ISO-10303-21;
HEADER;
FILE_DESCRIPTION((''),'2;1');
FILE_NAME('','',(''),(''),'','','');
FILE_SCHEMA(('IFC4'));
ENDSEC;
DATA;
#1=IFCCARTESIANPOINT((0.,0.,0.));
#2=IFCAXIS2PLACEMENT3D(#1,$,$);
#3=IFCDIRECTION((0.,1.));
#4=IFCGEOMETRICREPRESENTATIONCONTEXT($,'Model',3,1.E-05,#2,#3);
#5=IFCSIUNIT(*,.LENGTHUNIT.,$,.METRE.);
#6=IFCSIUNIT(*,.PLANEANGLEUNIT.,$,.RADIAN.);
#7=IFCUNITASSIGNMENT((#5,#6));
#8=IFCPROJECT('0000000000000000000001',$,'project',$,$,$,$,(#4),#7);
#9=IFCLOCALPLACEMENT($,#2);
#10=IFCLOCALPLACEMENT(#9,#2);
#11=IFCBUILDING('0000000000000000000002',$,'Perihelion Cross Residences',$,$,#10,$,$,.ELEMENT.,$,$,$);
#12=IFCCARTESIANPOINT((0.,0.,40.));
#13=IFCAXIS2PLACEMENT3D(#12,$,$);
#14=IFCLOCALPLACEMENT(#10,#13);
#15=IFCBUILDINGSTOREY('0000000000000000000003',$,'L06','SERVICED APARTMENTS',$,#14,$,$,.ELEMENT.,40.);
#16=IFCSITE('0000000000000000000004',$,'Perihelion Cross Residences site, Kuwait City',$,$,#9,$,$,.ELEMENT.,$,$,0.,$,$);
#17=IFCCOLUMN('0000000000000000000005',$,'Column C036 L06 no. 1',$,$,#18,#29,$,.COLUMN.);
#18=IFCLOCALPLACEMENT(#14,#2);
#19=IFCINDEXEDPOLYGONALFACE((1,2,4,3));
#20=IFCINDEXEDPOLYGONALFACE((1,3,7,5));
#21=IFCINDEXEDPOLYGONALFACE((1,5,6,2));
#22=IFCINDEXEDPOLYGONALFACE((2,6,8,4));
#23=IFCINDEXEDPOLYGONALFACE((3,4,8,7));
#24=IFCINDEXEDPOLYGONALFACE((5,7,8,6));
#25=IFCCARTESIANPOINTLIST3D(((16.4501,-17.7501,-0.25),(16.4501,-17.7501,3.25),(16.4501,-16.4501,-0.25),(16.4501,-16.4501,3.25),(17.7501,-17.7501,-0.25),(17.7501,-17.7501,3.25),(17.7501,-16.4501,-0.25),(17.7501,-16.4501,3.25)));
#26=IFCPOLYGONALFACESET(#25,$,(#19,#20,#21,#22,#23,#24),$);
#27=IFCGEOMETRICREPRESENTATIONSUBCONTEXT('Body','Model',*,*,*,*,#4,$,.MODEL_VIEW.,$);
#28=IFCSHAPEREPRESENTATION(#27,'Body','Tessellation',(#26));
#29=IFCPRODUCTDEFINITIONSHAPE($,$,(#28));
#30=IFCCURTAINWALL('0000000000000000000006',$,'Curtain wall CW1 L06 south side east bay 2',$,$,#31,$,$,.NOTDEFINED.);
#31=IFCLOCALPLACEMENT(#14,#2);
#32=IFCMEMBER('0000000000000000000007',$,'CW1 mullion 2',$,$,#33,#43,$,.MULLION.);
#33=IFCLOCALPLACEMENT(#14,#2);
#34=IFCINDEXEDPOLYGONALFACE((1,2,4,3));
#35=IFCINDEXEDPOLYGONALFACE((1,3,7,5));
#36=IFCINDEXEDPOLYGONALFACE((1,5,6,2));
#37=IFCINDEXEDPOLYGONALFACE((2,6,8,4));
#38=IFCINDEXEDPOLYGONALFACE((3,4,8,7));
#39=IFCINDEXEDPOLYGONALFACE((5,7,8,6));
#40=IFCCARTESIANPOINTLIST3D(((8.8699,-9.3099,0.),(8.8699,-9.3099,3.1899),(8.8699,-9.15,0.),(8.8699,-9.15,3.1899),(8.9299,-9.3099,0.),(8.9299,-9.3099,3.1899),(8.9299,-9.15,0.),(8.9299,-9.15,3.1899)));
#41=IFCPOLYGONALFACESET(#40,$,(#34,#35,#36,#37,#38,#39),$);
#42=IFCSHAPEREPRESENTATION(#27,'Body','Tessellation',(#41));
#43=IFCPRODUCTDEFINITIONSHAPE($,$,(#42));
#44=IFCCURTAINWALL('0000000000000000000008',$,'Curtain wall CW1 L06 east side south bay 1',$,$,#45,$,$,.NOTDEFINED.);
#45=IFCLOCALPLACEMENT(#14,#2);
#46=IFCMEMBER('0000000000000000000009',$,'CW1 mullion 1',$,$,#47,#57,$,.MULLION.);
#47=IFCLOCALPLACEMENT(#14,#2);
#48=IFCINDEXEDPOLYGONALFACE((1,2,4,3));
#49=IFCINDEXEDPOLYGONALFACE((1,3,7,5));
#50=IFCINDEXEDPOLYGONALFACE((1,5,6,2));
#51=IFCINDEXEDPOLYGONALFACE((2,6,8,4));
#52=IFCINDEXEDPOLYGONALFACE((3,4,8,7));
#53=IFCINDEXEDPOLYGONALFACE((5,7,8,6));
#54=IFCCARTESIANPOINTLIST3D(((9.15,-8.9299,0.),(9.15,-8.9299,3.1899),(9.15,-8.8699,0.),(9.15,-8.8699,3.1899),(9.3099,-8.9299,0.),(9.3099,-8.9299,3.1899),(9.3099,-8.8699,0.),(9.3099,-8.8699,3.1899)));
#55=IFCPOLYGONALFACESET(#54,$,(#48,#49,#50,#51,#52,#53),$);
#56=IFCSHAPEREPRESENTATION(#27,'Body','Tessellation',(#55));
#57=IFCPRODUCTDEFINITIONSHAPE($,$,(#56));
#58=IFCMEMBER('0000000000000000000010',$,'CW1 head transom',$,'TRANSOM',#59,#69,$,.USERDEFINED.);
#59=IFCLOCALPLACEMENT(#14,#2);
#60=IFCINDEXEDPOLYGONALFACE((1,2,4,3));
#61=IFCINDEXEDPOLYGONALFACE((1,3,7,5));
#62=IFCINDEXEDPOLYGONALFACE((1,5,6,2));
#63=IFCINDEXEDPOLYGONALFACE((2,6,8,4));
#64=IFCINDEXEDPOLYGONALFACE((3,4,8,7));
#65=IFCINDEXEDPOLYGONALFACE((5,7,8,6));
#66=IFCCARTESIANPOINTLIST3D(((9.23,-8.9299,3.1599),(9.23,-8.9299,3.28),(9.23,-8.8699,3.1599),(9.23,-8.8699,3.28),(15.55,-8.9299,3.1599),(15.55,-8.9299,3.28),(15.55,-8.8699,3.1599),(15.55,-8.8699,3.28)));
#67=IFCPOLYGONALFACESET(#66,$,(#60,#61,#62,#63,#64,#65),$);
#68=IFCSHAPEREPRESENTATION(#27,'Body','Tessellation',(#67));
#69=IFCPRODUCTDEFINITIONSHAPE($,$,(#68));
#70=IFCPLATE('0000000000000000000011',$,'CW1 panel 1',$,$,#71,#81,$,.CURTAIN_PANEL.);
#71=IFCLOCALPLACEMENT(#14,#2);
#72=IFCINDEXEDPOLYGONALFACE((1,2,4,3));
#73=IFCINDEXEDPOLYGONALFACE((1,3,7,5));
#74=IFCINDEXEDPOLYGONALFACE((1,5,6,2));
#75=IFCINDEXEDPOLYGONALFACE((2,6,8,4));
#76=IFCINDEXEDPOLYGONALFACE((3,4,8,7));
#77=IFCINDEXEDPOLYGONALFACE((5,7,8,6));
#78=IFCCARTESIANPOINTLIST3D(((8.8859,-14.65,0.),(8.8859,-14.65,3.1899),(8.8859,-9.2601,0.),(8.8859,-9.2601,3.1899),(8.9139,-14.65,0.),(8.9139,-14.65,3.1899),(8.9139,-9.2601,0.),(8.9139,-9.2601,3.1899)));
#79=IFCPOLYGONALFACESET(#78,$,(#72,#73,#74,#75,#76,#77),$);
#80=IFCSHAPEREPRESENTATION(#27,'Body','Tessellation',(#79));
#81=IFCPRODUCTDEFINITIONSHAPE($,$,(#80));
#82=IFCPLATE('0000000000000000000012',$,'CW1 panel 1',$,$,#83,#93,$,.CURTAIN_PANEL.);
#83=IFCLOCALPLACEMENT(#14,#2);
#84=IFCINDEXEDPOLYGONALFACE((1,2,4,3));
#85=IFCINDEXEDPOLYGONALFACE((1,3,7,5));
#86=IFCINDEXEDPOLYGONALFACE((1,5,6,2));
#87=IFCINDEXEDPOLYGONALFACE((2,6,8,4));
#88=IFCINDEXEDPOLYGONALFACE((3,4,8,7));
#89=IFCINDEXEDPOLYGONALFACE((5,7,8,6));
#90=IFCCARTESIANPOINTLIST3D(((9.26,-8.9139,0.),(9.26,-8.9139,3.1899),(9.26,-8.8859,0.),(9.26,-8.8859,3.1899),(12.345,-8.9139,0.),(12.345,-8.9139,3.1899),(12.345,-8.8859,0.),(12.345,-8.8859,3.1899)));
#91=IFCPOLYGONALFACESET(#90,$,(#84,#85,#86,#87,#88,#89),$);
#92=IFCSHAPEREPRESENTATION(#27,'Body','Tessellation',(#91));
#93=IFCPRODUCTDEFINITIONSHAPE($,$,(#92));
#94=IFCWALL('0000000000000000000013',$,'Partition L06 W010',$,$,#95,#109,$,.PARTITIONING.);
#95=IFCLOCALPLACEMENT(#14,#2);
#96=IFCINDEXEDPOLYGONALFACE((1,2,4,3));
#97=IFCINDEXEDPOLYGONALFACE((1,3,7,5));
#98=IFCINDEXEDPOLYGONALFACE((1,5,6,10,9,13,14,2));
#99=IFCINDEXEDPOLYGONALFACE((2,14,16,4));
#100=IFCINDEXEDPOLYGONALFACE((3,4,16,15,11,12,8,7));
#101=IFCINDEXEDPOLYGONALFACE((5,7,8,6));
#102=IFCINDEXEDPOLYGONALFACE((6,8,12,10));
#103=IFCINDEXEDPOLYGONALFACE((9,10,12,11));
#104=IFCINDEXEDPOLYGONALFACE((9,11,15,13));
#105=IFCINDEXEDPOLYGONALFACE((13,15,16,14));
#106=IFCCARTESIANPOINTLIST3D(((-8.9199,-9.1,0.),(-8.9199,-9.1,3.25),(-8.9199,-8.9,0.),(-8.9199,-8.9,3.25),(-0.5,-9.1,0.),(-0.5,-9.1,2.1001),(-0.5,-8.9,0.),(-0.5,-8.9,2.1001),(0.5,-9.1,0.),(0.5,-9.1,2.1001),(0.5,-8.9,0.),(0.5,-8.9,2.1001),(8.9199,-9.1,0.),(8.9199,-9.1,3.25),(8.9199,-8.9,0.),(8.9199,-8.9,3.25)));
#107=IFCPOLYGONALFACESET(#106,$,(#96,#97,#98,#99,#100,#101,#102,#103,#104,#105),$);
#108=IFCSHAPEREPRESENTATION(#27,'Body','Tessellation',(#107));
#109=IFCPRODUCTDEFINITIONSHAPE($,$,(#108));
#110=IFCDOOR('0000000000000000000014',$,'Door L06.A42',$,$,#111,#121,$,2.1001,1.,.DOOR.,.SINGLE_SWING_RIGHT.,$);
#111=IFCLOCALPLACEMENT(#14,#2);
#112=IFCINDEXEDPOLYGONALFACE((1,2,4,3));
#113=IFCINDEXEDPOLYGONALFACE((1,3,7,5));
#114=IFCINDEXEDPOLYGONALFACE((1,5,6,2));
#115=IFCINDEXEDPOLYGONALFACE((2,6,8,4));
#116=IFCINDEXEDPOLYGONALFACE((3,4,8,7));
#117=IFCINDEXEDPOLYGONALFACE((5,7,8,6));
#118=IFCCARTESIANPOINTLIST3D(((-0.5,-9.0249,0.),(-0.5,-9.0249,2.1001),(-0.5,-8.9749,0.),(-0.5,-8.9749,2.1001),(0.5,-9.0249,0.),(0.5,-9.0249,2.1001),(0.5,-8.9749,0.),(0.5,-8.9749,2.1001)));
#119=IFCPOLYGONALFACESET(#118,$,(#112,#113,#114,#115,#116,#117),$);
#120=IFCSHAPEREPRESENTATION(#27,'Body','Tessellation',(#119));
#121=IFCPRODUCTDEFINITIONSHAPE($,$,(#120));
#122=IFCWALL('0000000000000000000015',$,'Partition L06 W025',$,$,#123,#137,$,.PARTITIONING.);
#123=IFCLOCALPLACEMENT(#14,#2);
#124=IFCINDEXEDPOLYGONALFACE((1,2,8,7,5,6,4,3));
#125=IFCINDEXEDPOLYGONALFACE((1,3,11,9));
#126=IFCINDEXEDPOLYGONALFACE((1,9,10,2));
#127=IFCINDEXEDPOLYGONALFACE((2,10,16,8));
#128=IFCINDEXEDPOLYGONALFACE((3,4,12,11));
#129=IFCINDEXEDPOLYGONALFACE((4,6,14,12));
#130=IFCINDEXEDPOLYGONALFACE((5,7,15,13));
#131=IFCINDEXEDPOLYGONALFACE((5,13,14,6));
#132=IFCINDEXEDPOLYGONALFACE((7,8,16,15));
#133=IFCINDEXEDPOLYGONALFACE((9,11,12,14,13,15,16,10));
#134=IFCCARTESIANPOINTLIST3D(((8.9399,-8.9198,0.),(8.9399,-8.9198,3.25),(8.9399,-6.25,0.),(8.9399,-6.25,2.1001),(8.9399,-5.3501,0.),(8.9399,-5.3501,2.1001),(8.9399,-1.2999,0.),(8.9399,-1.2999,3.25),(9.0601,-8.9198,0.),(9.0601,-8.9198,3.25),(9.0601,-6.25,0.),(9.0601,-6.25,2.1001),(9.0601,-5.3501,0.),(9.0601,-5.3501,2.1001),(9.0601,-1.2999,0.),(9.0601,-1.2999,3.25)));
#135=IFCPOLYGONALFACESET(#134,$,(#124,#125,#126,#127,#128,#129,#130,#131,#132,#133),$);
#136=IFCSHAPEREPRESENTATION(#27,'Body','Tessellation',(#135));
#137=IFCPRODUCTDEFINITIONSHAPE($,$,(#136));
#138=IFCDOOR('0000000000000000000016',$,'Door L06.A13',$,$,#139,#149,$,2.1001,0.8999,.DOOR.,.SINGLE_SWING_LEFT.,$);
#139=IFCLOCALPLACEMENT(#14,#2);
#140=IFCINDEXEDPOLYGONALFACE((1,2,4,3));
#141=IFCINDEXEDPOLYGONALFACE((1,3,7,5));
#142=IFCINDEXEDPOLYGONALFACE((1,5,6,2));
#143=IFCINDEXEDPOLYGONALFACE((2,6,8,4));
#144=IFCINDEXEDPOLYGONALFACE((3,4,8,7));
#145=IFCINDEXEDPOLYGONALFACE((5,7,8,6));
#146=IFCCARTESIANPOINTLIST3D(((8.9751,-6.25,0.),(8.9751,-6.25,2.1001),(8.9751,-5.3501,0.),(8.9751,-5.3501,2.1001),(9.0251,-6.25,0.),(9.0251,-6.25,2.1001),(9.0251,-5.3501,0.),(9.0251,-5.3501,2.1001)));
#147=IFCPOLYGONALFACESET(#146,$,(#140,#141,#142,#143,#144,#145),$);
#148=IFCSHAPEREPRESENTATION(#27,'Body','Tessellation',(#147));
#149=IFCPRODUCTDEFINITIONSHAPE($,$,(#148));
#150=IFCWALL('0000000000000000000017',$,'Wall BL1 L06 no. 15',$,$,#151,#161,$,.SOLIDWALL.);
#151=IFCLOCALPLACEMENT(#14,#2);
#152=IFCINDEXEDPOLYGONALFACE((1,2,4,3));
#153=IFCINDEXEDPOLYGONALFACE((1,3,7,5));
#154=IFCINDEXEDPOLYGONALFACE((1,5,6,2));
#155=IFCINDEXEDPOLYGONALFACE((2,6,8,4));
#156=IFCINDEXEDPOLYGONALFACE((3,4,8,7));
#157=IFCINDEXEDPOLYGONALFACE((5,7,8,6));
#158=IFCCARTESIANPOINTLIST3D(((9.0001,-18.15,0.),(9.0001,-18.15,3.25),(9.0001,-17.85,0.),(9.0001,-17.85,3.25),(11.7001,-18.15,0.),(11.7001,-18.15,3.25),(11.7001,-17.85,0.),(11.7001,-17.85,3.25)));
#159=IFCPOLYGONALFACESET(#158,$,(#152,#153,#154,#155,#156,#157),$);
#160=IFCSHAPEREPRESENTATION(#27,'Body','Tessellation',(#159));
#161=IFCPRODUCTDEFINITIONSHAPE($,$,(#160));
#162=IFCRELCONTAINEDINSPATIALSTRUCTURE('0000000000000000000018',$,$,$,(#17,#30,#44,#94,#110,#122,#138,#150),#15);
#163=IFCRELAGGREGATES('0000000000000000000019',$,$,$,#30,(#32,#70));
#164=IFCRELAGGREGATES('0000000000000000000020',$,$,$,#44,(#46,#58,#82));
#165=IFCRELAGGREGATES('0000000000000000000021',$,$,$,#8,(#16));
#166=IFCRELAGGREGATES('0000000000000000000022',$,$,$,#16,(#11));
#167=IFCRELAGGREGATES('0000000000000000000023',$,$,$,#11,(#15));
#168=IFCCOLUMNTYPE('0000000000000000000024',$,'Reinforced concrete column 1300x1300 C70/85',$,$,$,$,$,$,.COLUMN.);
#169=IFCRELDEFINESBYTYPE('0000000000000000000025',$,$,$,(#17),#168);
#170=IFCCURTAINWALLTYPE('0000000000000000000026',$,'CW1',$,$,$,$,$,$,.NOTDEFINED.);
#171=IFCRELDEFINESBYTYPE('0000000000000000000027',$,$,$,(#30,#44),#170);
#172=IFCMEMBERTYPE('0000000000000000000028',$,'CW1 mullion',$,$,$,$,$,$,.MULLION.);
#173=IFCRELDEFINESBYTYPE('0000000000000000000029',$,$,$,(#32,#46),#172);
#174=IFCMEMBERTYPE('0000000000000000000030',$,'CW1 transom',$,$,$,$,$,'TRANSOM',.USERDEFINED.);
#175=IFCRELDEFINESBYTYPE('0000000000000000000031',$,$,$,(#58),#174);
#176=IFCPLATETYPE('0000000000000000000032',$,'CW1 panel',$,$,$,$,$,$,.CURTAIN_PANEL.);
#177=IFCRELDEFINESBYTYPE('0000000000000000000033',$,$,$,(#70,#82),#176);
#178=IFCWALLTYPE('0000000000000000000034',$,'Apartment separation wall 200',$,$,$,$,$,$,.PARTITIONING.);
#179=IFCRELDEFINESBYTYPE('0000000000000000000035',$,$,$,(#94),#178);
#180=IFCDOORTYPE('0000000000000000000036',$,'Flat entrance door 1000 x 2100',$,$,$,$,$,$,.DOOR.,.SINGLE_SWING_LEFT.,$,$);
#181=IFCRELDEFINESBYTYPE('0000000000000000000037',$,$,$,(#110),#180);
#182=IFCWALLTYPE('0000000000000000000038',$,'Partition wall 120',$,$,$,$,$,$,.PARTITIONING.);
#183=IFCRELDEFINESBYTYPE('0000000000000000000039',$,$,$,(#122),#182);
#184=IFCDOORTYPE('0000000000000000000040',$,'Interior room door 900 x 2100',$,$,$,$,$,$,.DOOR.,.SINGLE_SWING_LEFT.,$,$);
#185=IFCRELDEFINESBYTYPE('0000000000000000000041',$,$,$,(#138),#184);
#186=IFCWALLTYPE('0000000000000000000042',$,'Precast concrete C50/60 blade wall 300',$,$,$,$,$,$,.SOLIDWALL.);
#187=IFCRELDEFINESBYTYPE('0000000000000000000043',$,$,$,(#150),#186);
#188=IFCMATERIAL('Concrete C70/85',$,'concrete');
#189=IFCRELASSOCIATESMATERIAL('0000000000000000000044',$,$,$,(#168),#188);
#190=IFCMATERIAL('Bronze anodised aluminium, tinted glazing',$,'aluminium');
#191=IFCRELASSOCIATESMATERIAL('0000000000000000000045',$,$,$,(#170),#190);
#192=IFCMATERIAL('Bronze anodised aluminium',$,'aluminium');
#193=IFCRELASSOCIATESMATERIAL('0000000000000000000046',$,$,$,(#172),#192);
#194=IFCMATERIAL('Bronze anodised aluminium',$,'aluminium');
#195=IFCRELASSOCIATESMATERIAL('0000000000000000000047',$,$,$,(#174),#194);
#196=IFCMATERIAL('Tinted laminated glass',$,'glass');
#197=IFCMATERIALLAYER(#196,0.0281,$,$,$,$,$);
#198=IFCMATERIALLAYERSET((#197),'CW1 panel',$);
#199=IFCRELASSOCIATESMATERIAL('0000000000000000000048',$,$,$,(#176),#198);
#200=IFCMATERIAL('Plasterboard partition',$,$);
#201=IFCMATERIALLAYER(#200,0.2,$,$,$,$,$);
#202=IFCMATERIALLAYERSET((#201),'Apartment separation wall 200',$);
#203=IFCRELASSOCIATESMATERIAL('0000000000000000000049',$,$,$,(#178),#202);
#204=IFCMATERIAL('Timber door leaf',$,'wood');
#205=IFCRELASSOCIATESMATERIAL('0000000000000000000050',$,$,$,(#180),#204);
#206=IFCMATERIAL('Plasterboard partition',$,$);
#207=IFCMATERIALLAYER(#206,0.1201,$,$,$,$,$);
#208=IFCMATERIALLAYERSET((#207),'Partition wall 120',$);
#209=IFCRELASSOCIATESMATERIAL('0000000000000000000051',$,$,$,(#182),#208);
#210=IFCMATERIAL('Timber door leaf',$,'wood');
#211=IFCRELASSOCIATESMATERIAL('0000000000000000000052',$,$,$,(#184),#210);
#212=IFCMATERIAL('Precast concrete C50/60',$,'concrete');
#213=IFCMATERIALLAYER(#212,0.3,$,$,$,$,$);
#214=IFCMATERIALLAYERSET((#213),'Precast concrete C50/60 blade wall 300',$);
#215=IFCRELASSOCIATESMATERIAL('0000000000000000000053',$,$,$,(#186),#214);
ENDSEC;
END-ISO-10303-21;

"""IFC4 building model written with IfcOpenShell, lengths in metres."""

from ifc_helpers import new_model, si_unit, direction, frame, frame_2d, origin, origin_2d, place, context, subcontext, project, spatial, rectangle, extrude, material, layer, layer_set, material_profile, profile_set, type_object, element, fill, aggregate, save


model = new_model("IFC4")

# Units and contexts
model_context = context("Model", 3, precision=1e-05, world=origin(), true_north=direction((0.0, 1.0)))
body_context = subcontext(model_context, "Body", "Model", "MODEL_VIEW")
ifc_project = project(units=[si_unit("LENGTHUNIT", "METRE"), si_unit("PLANEANGLEUNIT", "RADIAN")], contexts=[model_context])

# Site, building, storey
site_placement = place(None, origin())
site = spatial("IfcSite", under=ifc_project, at=site_placement, Name="Perihelion Cross Residences site, Kuwait City", CompositionType="ELEMENT", RefElevation=0.0)
building_placement = place(site_placement, origin())
building = spatial("IfcBuilding", under=site, at=building_placement, Name="Perihelion Cross Residences", CompositionType="ELEMENT")
storey_placement = place(building_placement, frame((0.0, 0.0, 40.0)))
storey = spatial("IfcBuildingStorey", under=building, at=storey_placement, Name="L06", Description="SERVICED APARTMENTS", CompositionType="ELEMENT", Elevation=40.0)

# Column
ifc_material_1 = material(Name="Concrete C70/85", Category="concrete")
ifc_material_profile_1 = material_profile(ifc_material_1, rectangle(XDim=1.3, YDim=1.3, at=origin_2d()), Name="RC 1300x1300")
ifc_profile_set_1 = profile_set([ifc_material_profile_1], Name="Concrete C70/85")
column_type = type_object("IfcColumnType", Name="Reinforced concrete column 1300x1300 C70/85", PredefinedType="COLUMN", material=ifc_profile_set_1)
column_placement = place(storey_placement, frame((17.1001, -17.1001, -0.25), z_axis=(0.0, 0.0, 1.0), x_axis=(1.0, 0.0, 0.0)))
element("IfcColumn", 1, at=column_placement, inside=storey, type_object=column_type, Name="Column C036 L06 no. 1", PredefinedType="COLUMN", context=body_context, shape_type="SweptSolid", body=[
    extrude(rectangle(XDim=1.3, YDim=1.3, at=origin_2d()), origin(), (0.0, 0.0, 1.0), 3.5),
])

# Curtain wall, member
ifc_material_2 = material(Name="Bronze anodised aluminium, tinted glazing", Category="aluminium")
curtain_wall_type = type_object("IfcCurtainWallType", Name="CW1", PredefinedType="NOTDEFINED", material=ifc_material_2)
curtain_wall_1_placement = place(storey_placement, origin())
curtain_wall_1 = element("IfcCurtainWall", 2, at=curtain_wall_1_placement, inside=storey, type_object=curtain_wall_type, Name="Curtain wall CW1 L06 south side east bay 2", PredefinedType="NOTDEFINED")
ifc_material_3 = material(Name="Bronze anodised aluminium", Category="aluminium")
ifc_material_profile_2 = material_profile(ifc_material_3, rectangle(XDim=0.0601, YDim=0.1599, at=origin_2d()), Name="CW1 mullion")
ifc_profile_set_2 = profile_set([ifc_material_profile_2], Name="Bronze anodised aluminium")
member_type_1 = type_object("IfcMemberType", Name="CW1 mullion", PredefinedType="MULLION", material=ifc_profile_set_2)
member_1_placement = place(storey_placement, frame((8.8999, -9.23, 0.0), z_axis=(0.0, 0.0, 1.0), x_axis=(-1.0, 0.0, 0.0)))
member_1 = element("IfcMember", 3, at=member_1_placement, type_object=member_type_1, Name="CW1 mullion 2", PredefinedType="MULLION", context=body_context, shape_type="SweptSolid", body=[
    extrude(rectangle(XDim=0.0601, YDim=0.1599, at=origin_2d()), origin(), (0.0, 0.0, 1.0), 3.1899),
])

# Curtain wall, members
curtain_wall_2_placement = place(storey_placement, origin())
curtain_wall_2 = element("IfcCurtainWall", 4, at=curtain_wall_2_placement, inside=storey, type_object=curtain_wall_type, Name="Curtain wall CW1 L06 east side south bay 1", PredefinedType="NOTDEFINED")
member_2_placement = place(storey_placement, frame((9.23, -8.8999, 0.0), z_axis=(0.0, 0.0, 1.0), x_axis=(0.0, 1.0, 0.0)))
member_2 = element("IfcMember", 5, at=member_2_placement, type_object=member_type_1, Name="CW1 mullion 1", PredefinedType="MULLION", context=body_context, shape_type="SweptSolid", body=[
    extrude(rectangle(XDim=0.0601, YDim=0.1599, at=origin_2d()), origin(), (0.0, 0.0, 1.0), 3.1899),
])
ifc_material_4 = material(Name="Bronze anodised aluminium", Category="aluminium")
ifc_material_profile_3 = material_profile(ifc_material_4, rectangle(XDim=0.0601, YDim=0.1201, at=origin_2d()), Name="CW1 transom")
ifc_profile_set_3 = profile_set([ifc_material_profile_3], Name="Bronze anodised aluminium")
member_type_2 = type_object("IfcMemberType", Name="CW1 transom", ElementType="TRANSOM", PredefinedType="USERDEFINED", material=ifc_profile_set_3)
member_3_placement = place(storey_placement, frame((9.23, -8.8999, 3.22), z_axis=(1.0, 0.0, 0.0), x_axis=(0.0, 1.0, 0.0)))
member_3 = element("IfcMember", 6, at=member_3_placement, type_object=member_type_2, Name="CW1 head transom", ObjectType="TRANSOM", PredefinedType="USERDEFINED", context=body_context, shape_type="SweptSolid", body=[
    extrude(rectangle(XDim=0.0601, YDim=0.1201, at=origin_2d()), origin(), (0.0, 0.0, 1.0), 6.3201),
])

# Plates
ifc_material_5 = material(Name="Tinted laminated glass", Category="glass")
ifc_layer_1 = layer(ifc_material_5, 0.0281)
ifc_layer_set_1 = layer_set([ifc_layer_1], Name="CW1 panel")
plate_type = type_object("IfcPlateType", Name="CW1 panel", PredefinedType="CURTAIN_PANEL", material=ifc_layer_set_1)
plate_1_placement = place(storey_placement, frame((8.8999, -11.9551, 0.0), z_axis=(0.0, 0.0, 1.0), x_axis=(0.0, 1.0, 0.0)))
plate_1 = element("IfcPlate", 7, at=plate_1_placement, type_object=plate_type, Name="CW1 panel 1", PredefinedType="CURTAIN_PANEL", context=body_context, shape_type="SweptSolid", body=[
    extrude(rectangle(XDim=5.3899, YDim=0.0281, at=origin_2d()), origin(), (0.0, 0.0, 1.0), 3.1899),
])
aggregate(curtain_wall_1, [member_1, plate_1])
plate_2_placement = place(storey_placement, frame((10.8025, -8.8999, 0.0), z_axis=(0.0, 0.0, 1.0), x_axis=(1.0, 0.0, 0.0)))
plate_2 = element("IfcPlate", 8, at=plate_2_placement, type_object=plate_type, Name="CW1 panel 1", PredefinedType="CURTAIN_PANEL", context=body_context, shape_type="SweptSolid", body=[
    extrude(rectangle(XDim=3.085, YDim=0.0281, at=origin_2d()), origin(), (0.0, 0.0, 1.0), 3.1899),
])
aggregate(curtain_wall_2, [member_2, member_3, plate_2])

# Walls, openings, doors
ifc_material_6 = material(Name="Plasterboard partition")
ifc_layer_2 = layer(ifc_material_6, 0.2)
ifc_layer_set_2 = layer_set([ifc_layer_2], Name="Apartment separation wall 200")
wall_type_1 = type_object("IfcWallType", Name="Apartment separation wall 200", PredefinedType="PARTITIONING", material=ifc_layer_set_2)
wall_1_placement = place(storey_placement, frame((8.9199, -9.0, 0.0), z_axis=(0.0, 0.0, 1.0), x_axis=(-1.0, 0.0, 0.0)))
wall_1 = element("IfcWall", 9, at=wall_1_placement, inside=storey, type_object=wall_type_1, Name="Partition L06 W010", PredefinedType="PARTITIONING", context=body_context, shape_type="SweptSolid", body=[
    extrude(rectangle(XDim=17.8398, YDim=0.2, at=frame_2d((8.9199, 0.0))), origin(), (0.0, 0.0, 1.0), 3.25),
])
opening_1_placement = place(wall_1_placement, frame((8.4199, 0.0, 0.0)))
opening_1 = element("IfcOpeningElement", 10, at=opening_1_placement, cuts=wall_1, PredefinedType="OPENING", context=body_context, shape_type="SweptSolid", body=[
    extrude(rectangle(XDim=1.0, YDim=2.1001, at=frame_2d((0.5, 1.05))), frame((0.0, 0.1099, 0.0), z_axis=(0.0, -1.0, 0.0), x_axis=(1.0, 0.0, 0.0)), (0.0, 0.0, 1.0), 0.22),
])
ifc_material_7 = material(Name="Timber door leaf", Category="wood")
door_type_1 = type_object("IfcDoorType", Name="Flat entrance door 1000 x 2100", OperationType="SINGLE_SWING_LEFT", PredefinedType="DOOR", material=ifc_material_7)
door_1_placement = place(opening_1_placement, origin())
door_1 = element("IfcDoor", 11, at=door_1_placement, inside=storey, type_object=door_type_1, Name="Door L06.A42", OperationType="SINGLE_SWING_RIGHT", OverallHeight=2.1001, OverallWidth=1.0, PredefinedType="DOOR", context=body_context, shape_type="SweptSolid", body=[
    extrude(rectangle(XDim=1.0, YDim=2.1001, at=frame_2d((0.5, 1.05))), frame((0.0, 0.0249, 0.0), z_axis=(0.0, -1.0, 0.0), x_axis=(1.0, 0.0, 0.0)), (0.0, 0.0, 1.0), 0.05),
])
fill(opening_1, door_1)
ifc_material_8 = material(Name="Plasterboard partition")
ifc_layer_3 = layer(ifc_material_8, 0.1201)
ifc_layer_set_3 = layer_set([ifc_layer_3], Name="Partition wall 120")
wall_type_2 = type_object("IfcWallType", Name="Partition wall 120", PredefinedType="PARTITIONING", material=ifc_layer_set_3)
wall_2_placement = place(storey_placement, frame((9.0, -8.9199, 0.0), z_axis=(0.0, 0.0, 1.0), x_axis=(0.0, 1.0, 0.0)))
wall_2 = element("IfcWall", 12, at=wall_2_placement, inside=storey, type_object=wall_type_2, Name="Partition L06 W025", PredefinedType="PARTITIONING", context=body_context, shape_type="SweptSolid", body=[
    extrude(rectangle(XDim=7.6199, YDim=0.1201, at=frame_2d((3.8101, 0.0))), origin(), (0.0, 0.0, 1.0), 3.25),
])
opening_2_placement = place(wall_2_placement, frame((2.6699, 0.0, 0.0)))
opening_2 = element("IfcOpeningElement", 13, at=opening_2_placement, cuts=wall_2, PredefinedType="OPENING", context=body_context, shape_type="SweptSolid", body=[
    extrude(rectangle(XDim=0.8999, YDim=2.1001, at=frame_2d((0.45, 1.05))), frame((0.0, 0.0701, 0.0), z_axis=(0.0, -1.0, 0.0), x_axis=(1.0, 0.0, 0.0)), (0.0, 0.0, 1.0), 0.1401),
])
ifc_material_9 = material(Name="Timber door leaf", Category="wood")
door_type_2 = type_object("IfcDoorType", Name="Interior room door 900 x 2100", OperationType="SINGLE_SWING_LEFT", PredefinedType="DOOR", material=ifc_material_9)
door_2_placement = place(opening_2_placement, origin())
door_2 = element("IfcDoor", 14, at=door_2_placement, inside=storey, type_object=door_type_2, Name="Door L06.A13", OperationType="SINGLE_SWING_LEFT", OverallHeight=2.1001, OverallWidth=0.8999, PredefinedType="DOOR", context=body_context, shape_type="SweptSolid", body=[
    extrude(rectangle(XDim=0.8999, YDim=2.1001, at=frame_2d((0.45, 1.05))), frame((0.0, 0.0249, 0.0), z_axis=(0.0, -1.0, 0.0), x_axis=(1.0, 0.0, 0.0)), (0.0, 0.0, 1.0), 0.05),
])
fill(opening_2, door_2)

# Wall
ifc_material_10 = material(Name="Precast concrete C50/60", Category="concrete")
ifc_layer_4 = layer(ifc_material_10, 0.3)
ifc_layer_set_4 = layer_set([ifc_layer_4], Name="Precast concrete C50/60 blade wall 300")
wall_type_3 = type_object("IfcWallType", Name="Precast concrete C50/60 blade wall 300", PredefinedType="SOLIDWALL", material=ifc_layer_set_4)
wall_3_placement = place(storey_placement, frame((9.0, -18.0, 0.0), z_axis=(0.0, 0.0, 1.0), x_axis=(1.0, 0.0, 0.0)))
element("IfcWall", 15, at=wall_3_placement, inside=storey, type_object=wall_type_3, Name="Wall BL1 L06 no. 15", PredefinedType="SOLIDWALL", context=body_context, shape_type="SweptSolid", body=[
    extrude(rectangle(XDim=2.7, YDim=0.3, at=frame_2d((1.3501, 0.0))), origin(), (0.0, 0.0, 1.0), 3.25),
])

save(model, "model.ifc")
